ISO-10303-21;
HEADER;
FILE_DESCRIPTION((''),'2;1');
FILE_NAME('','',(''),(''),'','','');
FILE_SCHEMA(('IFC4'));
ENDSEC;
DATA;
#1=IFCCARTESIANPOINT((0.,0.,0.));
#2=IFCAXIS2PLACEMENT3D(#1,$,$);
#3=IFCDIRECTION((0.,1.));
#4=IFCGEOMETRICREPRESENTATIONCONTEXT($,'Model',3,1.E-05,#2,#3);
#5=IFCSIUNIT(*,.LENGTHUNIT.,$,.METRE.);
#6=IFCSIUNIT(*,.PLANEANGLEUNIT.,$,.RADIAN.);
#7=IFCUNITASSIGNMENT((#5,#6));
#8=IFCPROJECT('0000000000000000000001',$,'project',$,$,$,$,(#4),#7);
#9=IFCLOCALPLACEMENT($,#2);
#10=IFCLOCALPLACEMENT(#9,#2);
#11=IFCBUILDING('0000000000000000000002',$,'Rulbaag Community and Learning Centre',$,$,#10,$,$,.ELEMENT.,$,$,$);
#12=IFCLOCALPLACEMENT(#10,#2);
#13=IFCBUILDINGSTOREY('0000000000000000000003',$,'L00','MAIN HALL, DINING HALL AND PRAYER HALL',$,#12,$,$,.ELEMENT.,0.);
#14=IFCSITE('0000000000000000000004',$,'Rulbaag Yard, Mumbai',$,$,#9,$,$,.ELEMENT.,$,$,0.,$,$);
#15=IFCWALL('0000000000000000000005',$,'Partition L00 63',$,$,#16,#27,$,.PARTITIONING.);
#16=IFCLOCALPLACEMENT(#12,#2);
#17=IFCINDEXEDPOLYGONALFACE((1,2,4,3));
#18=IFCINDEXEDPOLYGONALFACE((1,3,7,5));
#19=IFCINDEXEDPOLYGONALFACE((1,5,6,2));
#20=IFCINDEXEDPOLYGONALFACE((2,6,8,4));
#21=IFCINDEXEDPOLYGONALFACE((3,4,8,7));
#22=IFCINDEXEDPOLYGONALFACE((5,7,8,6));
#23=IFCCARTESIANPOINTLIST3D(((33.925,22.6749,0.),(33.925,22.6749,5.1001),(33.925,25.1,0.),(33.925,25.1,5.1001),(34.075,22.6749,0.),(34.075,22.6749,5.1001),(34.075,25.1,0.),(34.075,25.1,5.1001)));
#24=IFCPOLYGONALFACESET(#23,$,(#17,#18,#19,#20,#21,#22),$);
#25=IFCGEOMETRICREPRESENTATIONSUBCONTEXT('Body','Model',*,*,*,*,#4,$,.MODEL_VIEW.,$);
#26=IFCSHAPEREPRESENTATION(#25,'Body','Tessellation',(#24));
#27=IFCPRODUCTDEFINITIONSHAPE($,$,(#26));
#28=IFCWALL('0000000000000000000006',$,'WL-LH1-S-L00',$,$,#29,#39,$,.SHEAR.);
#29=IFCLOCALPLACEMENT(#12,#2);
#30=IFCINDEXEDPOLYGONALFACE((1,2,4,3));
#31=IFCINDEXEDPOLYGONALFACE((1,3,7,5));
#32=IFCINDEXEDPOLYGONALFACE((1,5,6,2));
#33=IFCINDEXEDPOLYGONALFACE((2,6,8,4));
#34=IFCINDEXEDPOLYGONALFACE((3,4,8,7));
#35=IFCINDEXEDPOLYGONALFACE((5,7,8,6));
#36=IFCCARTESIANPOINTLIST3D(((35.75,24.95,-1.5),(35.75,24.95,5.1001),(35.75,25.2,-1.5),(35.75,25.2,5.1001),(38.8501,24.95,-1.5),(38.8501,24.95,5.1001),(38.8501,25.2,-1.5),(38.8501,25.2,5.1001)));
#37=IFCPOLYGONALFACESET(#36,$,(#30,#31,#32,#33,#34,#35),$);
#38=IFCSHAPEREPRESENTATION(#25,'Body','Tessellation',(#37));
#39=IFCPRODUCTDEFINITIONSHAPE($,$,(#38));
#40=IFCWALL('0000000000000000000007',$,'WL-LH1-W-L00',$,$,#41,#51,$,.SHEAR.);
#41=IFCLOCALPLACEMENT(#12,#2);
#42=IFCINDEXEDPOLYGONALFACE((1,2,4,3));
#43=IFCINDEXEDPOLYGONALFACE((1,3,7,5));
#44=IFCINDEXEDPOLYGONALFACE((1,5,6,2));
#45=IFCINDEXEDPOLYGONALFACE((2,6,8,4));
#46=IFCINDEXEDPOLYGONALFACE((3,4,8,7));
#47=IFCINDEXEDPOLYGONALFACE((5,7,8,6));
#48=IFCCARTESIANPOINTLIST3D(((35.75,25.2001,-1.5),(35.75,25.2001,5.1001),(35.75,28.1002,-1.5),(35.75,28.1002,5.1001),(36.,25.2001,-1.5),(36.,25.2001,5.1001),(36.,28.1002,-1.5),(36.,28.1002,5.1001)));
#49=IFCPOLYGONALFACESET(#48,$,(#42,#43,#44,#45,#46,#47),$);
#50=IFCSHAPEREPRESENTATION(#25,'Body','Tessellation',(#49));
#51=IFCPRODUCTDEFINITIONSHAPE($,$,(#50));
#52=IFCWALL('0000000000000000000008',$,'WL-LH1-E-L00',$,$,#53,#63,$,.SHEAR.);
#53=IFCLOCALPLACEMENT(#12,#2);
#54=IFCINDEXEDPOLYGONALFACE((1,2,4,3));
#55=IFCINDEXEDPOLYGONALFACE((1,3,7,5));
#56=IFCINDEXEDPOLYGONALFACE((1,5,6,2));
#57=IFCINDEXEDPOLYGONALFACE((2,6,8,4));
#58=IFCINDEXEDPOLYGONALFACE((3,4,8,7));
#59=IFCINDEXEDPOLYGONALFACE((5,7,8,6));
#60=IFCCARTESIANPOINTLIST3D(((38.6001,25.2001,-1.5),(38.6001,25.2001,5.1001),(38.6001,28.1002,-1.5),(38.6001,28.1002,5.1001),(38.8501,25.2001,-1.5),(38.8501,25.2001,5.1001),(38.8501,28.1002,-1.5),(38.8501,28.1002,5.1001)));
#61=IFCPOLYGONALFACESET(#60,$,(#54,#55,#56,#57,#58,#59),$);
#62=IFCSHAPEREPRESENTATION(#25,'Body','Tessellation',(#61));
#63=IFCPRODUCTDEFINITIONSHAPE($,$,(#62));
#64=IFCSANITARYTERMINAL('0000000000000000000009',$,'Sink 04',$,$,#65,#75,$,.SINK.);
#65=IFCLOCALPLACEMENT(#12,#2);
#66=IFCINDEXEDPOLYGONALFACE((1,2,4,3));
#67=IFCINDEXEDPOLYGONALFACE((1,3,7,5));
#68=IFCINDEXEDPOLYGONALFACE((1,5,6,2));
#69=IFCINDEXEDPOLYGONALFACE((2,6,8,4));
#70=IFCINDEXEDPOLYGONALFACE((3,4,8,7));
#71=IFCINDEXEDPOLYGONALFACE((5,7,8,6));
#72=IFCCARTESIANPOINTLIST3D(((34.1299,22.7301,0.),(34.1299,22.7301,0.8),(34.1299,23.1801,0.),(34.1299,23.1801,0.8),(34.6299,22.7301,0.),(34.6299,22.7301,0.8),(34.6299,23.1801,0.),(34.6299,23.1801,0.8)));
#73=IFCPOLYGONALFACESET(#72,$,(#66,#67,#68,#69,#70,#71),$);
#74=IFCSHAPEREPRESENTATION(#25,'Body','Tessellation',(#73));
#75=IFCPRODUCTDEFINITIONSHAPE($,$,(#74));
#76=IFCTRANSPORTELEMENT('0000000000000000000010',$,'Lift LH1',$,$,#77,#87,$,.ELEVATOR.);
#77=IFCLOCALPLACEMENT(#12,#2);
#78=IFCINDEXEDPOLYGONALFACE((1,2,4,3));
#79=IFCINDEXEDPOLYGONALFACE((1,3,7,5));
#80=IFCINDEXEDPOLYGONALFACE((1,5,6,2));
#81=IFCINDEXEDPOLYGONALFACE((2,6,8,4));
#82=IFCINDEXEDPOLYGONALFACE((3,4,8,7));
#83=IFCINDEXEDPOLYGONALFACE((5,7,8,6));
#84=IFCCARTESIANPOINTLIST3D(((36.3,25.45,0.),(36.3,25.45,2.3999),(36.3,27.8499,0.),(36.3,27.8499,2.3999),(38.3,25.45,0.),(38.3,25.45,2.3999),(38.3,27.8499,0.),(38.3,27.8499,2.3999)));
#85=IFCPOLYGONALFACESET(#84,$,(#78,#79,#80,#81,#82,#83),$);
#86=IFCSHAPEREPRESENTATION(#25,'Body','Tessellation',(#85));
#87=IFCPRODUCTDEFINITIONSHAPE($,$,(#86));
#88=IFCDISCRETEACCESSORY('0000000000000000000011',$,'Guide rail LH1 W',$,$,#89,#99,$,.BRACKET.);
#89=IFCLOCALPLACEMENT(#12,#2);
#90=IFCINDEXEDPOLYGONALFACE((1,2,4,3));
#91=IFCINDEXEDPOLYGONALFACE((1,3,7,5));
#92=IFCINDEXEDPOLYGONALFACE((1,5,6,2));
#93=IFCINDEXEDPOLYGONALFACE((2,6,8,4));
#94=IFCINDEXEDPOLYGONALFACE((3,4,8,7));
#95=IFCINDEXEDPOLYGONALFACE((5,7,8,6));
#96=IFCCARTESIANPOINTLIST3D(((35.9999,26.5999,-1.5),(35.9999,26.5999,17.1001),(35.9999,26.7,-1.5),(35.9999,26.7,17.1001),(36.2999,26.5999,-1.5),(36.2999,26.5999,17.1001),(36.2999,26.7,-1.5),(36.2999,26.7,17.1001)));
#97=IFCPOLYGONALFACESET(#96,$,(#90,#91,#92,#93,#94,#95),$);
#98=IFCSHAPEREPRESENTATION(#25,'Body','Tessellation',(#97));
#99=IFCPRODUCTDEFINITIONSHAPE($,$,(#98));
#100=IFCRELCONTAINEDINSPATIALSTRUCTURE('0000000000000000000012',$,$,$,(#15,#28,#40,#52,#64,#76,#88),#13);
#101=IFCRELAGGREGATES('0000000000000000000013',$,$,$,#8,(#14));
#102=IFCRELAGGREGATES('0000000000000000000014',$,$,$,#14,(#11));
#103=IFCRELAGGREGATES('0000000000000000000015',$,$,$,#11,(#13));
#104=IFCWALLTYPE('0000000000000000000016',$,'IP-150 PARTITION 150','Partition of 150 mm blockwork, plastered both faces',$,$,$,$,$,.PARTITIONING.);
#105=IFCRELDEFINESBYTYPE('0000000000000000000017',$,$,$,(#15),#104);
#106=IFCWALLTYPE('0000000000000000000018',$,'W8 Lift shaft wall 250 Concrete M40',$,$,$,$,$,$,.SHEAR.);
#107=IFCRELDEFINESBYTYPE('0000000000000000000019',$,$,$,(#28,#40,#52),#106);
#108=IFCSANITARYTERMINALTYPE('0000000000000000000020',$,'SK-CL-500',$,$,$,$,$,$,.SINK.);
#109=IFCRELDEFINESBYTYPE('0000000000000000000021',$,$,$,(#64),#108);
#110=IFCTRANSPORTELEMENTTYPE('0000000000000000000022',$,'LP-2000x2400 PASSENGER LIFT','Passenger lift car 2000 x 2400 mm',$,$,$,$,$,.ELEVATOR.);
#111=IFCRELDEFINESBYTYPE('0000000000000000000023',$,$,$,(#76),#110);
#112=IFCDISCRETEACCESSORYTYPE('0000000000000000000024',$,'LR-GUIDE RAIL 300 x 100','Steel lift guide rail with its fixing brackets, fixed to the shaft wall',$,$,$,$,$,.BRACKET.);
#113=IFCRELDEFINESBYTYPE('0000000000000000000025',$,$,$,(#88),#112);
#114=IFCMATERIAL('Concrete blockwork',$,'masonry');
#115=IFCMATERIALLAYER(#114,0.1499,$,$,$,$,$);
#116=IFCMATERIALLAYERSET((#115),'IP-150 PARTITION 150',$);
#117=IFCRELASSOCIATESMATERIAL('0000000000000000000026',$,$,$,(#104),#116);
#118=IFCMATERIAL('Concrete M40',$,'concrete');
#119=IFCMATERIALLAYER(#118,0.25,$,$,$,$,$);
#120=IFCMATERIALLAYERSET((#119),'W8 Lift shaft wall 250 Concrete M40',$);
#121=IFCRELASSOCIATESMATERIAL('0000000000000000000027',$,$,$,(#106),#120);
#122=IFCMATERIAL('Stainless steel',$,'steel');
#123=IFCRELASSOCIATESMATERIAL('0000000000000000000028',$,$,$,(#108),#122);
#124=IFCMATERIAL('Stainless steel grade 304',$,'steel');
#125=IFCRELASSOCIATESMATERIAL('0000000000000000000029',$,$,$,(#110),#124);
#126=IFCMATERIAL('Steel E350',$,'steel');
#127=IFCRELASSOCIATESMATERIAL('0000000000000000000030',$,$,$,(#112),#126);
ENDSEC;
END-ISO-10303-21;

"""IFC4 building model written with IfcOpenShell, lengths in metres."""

from ifc_helpers import new_model, si_unit, direction, frame, frame_2d, origin, origin_2d, place, context, subcontext, project, spatial, rectangle, extrude, material, layer, layer_set, type_object, element, save


model = new_model("IFC4")

# Units and contexts
model_context = context("Model", 3, precision=1e-05, world=origin(), true_north=direction((0.0, 1.0)))
body_context = subcontext(model_context, "Body", "Model", "MODEL_VIEW")
ifc_project = project(units=[si_unit("LENGTHUNIT", "METRE"), si_unit("PLANEANGLEUNIT", "RADIAN")], contexts=[model_context])

# Site, building, storey
site_placement = place(None, origin())
site = spatial("IfcSite", under=ifc_project, at=site_placement, Name="Rulbaag Yard, Mumbai", CompositionType="ELEMENT", RefElevation=0.0)
building_placement = place(site_placement, origin())
building = spatial("IfcBuilding", under=site, at=building_placement, Name="Rulbaag Community and Learning Centre", CompositionType="ELEMENT")
storey_placement = place(building_placement, origin())
storey = spatial("IfcBuildingStorey", under=building, at=storey_placement, Name="L00", Description="MAIN HALL, DINING HALL AND PRAYER HALL", CompositionType="ELEMENT", Elevation=0.0)

# Shared definitions
ifc_material_1 = material(Name="Concrete M40", Category="concrete")

# Shared definitions
ifc_material_2 = material(Name="Concrete blockwork", Category="masonry")

# Walls
ifc_layer_1 = layer(ifc_material_2, 0.1499)
ifc_layer_set_1 = layer_set([ifc_layer_1], Name="IP-150 PARTITION 150")
wall_type_1 = type_object("IfcWallType", Name="IP-150 PARTITION 150", Description="Partition of 150 mm blockwork, plastered both faces", PredefinedType="PARTITIONING", material=ifc_layer_set_1)
wall_1_placement = place(storey_placement, frame((34.0, 22.675, 0.0), z_axis=(0.0, 0.0, 1.0), x_axis=(0.0, 1.0, 0.0)))
element("IfcWall", 1, at=wall_1_placement, inside=storey, type_object=wall_type_1, Name="Partition L00 63", PredefinedType="PARTITIONING", context=body_context, shape_type="SweptSolid", body=[
    extrude(rectangle(XDim=2.425, YDim=0.1499, at=frame_2d((1.2124, 0.0))), origin(), (0.0, 0.0, 1.0), 5.1001),
])
ifc_layer_2 = layer(ifc_material_1, 0.25)
ifc_layer_set_2 = layer_set([ifc_layer_2], Name="W8 Lift shaft wall 250 Concrete M40")
wall_type_2 = type_object("IfcWallType", Name="W8 Lift shaft wall 250 Concrete M40", PredefinedType="SHEAR", material=ifc_layer_set_2)
wall_2_placement = place(storey_placement, frame((35.75, 25.075, -1.5), z_axis=(0.0, 0.0, 1.0), x_axis=(1.0, 0.0, 0.0)))
element("IfcWall", 2, at=wall_2_placement, inside=storey, type_object=wall_type_2, Name="WL-LH1-S-L00", PredefinedType="SHEAR", context=body_context, shape_type="SweptSolid", body=[
    extrude(rectangle(XDim=3.1001, YDim=0.25, at=frame_2d((1.55, 0.0))), origin(), (0.0, 0.0, 1.0), 6.6001),
])
for number, where, z_axis, x_axis, name in (
    (3, (35.875, 25.2, -1.5), (0.0, 0.0, 1.0), (0.0, 1.0, 0.0), "WL-LH1-W-L00"),
    (4, (38.7251, 25.2, -1.5), (0.0, 0.0, 1.0), (0.0, 1.0, 0.0), "WL-LH1-E-L00"),
):
    element("IfcWall", number, at=place(storey_placement, frame(where, z_axis=z_axis, x_axis=x_axis)), inside=storey, type_object=wall_type_2, Name=name, PredefinedType="SHEAR", context=body_context, shape_type="SweptSolid", body=[
        extrude(rectangle(XDim=2.9001, YDim=0.25, at=frame_2d((1.4502, 0.0))), origin(), (0.0, 0.0, 1.0), 6.6001),
    ])

# Sanitary terminal
ifc_material_3 = material(Name="Stainless steel", Category="steel")
sanitary_terminal_type = type_object("IfcSanitaryTerminalType", Name="SK-CL-500", PredefinedType="SINK", material=ifc_material_3)
sanitary_terminal_placement = place(storey_placement, frame((34.3799, 22.9551, 0.0), z_axis=(0.0, 0.0, 1.0), x_axis=(1.0, 0.0, 0.0)))
element("IfcSanitaryTerminal", 5, at=sanitary_terminal_placement, inside=storey, type_object=sanitary_terminal_type, Name="Sink 04", PredefinedType="SINK", context=body_context, shape_type="SweptSolid", body=[
    extrude(rectangle(XDim=0.5, YDim=0.45, at=origin_2d()), origin(), (0.0, 0.0, 1.0), 0.8),
])

# Transport element
ifc_material_4 = material(Name="Stainless steel grade 304", Category="steel")
transport_element_type = type_object("IfcTransportElementType", Name="LP-2000x2400 PASSENGER LIFT", Description="Passenger lift car 2000 x 2400 mm", PredefinedType="ELEVATOR", material=ifc_material_4)
transport_element_placement = place(storey_placement, frame((37.3, 26.6499, 0.0), z_axis=(0.0, 0.0, 1.0), x_axis=(1.0, 0.0, 0.0)))
element("IfcTransportElement", 6, at=transport_element_placement, inside=storey, type_object=transport_element_type, Name="Lift LH1", PredefinedType="ELEVATOR", context=body_context, shape_type="SweptSolid", body=[
    extrude(rectangle(XDim=2.0, YDim=2.3999, at=origin_2d()), origin(), (0.0, 0.0, 1.0), 2.3999),
])

# Discrete accessory
ifc_material_5 = material(Name="Steel E350", Category="steel")
discrete_accessory_type = type_object("IfcDiscreteAccessoryType", Name="LR-GUIDE RAIL 300 x 100", Description="Steel lift guide rail with its fixing brackets, fixed to the shaft wall", PredefinedType="BRACKET", material=ifc_material_5)
discrete_accessory_placement = place(storey_placement, frame((36.1499, 26.6499, -1.5), z_axis=(0.0, 0.0, 1.0), x_axis=(1.0, 0.0, 0.0)))
element("IfcDiscreteAccessory", 7, at=discrete_accessory_placement, inside=storey, type_object=discrete_accessory_type, Name="Guide rail LH1 W", PredefinedType="BRACKET", context=body_context, shape_type="SweptSolid", body=[
    extrude(rectangle(XDim=0.3, YDim=0.1001, at=origin_2d()), origin(), (0.0, 0.0, 1.0), 18.6001),
])

save(model, "model.ifc")
